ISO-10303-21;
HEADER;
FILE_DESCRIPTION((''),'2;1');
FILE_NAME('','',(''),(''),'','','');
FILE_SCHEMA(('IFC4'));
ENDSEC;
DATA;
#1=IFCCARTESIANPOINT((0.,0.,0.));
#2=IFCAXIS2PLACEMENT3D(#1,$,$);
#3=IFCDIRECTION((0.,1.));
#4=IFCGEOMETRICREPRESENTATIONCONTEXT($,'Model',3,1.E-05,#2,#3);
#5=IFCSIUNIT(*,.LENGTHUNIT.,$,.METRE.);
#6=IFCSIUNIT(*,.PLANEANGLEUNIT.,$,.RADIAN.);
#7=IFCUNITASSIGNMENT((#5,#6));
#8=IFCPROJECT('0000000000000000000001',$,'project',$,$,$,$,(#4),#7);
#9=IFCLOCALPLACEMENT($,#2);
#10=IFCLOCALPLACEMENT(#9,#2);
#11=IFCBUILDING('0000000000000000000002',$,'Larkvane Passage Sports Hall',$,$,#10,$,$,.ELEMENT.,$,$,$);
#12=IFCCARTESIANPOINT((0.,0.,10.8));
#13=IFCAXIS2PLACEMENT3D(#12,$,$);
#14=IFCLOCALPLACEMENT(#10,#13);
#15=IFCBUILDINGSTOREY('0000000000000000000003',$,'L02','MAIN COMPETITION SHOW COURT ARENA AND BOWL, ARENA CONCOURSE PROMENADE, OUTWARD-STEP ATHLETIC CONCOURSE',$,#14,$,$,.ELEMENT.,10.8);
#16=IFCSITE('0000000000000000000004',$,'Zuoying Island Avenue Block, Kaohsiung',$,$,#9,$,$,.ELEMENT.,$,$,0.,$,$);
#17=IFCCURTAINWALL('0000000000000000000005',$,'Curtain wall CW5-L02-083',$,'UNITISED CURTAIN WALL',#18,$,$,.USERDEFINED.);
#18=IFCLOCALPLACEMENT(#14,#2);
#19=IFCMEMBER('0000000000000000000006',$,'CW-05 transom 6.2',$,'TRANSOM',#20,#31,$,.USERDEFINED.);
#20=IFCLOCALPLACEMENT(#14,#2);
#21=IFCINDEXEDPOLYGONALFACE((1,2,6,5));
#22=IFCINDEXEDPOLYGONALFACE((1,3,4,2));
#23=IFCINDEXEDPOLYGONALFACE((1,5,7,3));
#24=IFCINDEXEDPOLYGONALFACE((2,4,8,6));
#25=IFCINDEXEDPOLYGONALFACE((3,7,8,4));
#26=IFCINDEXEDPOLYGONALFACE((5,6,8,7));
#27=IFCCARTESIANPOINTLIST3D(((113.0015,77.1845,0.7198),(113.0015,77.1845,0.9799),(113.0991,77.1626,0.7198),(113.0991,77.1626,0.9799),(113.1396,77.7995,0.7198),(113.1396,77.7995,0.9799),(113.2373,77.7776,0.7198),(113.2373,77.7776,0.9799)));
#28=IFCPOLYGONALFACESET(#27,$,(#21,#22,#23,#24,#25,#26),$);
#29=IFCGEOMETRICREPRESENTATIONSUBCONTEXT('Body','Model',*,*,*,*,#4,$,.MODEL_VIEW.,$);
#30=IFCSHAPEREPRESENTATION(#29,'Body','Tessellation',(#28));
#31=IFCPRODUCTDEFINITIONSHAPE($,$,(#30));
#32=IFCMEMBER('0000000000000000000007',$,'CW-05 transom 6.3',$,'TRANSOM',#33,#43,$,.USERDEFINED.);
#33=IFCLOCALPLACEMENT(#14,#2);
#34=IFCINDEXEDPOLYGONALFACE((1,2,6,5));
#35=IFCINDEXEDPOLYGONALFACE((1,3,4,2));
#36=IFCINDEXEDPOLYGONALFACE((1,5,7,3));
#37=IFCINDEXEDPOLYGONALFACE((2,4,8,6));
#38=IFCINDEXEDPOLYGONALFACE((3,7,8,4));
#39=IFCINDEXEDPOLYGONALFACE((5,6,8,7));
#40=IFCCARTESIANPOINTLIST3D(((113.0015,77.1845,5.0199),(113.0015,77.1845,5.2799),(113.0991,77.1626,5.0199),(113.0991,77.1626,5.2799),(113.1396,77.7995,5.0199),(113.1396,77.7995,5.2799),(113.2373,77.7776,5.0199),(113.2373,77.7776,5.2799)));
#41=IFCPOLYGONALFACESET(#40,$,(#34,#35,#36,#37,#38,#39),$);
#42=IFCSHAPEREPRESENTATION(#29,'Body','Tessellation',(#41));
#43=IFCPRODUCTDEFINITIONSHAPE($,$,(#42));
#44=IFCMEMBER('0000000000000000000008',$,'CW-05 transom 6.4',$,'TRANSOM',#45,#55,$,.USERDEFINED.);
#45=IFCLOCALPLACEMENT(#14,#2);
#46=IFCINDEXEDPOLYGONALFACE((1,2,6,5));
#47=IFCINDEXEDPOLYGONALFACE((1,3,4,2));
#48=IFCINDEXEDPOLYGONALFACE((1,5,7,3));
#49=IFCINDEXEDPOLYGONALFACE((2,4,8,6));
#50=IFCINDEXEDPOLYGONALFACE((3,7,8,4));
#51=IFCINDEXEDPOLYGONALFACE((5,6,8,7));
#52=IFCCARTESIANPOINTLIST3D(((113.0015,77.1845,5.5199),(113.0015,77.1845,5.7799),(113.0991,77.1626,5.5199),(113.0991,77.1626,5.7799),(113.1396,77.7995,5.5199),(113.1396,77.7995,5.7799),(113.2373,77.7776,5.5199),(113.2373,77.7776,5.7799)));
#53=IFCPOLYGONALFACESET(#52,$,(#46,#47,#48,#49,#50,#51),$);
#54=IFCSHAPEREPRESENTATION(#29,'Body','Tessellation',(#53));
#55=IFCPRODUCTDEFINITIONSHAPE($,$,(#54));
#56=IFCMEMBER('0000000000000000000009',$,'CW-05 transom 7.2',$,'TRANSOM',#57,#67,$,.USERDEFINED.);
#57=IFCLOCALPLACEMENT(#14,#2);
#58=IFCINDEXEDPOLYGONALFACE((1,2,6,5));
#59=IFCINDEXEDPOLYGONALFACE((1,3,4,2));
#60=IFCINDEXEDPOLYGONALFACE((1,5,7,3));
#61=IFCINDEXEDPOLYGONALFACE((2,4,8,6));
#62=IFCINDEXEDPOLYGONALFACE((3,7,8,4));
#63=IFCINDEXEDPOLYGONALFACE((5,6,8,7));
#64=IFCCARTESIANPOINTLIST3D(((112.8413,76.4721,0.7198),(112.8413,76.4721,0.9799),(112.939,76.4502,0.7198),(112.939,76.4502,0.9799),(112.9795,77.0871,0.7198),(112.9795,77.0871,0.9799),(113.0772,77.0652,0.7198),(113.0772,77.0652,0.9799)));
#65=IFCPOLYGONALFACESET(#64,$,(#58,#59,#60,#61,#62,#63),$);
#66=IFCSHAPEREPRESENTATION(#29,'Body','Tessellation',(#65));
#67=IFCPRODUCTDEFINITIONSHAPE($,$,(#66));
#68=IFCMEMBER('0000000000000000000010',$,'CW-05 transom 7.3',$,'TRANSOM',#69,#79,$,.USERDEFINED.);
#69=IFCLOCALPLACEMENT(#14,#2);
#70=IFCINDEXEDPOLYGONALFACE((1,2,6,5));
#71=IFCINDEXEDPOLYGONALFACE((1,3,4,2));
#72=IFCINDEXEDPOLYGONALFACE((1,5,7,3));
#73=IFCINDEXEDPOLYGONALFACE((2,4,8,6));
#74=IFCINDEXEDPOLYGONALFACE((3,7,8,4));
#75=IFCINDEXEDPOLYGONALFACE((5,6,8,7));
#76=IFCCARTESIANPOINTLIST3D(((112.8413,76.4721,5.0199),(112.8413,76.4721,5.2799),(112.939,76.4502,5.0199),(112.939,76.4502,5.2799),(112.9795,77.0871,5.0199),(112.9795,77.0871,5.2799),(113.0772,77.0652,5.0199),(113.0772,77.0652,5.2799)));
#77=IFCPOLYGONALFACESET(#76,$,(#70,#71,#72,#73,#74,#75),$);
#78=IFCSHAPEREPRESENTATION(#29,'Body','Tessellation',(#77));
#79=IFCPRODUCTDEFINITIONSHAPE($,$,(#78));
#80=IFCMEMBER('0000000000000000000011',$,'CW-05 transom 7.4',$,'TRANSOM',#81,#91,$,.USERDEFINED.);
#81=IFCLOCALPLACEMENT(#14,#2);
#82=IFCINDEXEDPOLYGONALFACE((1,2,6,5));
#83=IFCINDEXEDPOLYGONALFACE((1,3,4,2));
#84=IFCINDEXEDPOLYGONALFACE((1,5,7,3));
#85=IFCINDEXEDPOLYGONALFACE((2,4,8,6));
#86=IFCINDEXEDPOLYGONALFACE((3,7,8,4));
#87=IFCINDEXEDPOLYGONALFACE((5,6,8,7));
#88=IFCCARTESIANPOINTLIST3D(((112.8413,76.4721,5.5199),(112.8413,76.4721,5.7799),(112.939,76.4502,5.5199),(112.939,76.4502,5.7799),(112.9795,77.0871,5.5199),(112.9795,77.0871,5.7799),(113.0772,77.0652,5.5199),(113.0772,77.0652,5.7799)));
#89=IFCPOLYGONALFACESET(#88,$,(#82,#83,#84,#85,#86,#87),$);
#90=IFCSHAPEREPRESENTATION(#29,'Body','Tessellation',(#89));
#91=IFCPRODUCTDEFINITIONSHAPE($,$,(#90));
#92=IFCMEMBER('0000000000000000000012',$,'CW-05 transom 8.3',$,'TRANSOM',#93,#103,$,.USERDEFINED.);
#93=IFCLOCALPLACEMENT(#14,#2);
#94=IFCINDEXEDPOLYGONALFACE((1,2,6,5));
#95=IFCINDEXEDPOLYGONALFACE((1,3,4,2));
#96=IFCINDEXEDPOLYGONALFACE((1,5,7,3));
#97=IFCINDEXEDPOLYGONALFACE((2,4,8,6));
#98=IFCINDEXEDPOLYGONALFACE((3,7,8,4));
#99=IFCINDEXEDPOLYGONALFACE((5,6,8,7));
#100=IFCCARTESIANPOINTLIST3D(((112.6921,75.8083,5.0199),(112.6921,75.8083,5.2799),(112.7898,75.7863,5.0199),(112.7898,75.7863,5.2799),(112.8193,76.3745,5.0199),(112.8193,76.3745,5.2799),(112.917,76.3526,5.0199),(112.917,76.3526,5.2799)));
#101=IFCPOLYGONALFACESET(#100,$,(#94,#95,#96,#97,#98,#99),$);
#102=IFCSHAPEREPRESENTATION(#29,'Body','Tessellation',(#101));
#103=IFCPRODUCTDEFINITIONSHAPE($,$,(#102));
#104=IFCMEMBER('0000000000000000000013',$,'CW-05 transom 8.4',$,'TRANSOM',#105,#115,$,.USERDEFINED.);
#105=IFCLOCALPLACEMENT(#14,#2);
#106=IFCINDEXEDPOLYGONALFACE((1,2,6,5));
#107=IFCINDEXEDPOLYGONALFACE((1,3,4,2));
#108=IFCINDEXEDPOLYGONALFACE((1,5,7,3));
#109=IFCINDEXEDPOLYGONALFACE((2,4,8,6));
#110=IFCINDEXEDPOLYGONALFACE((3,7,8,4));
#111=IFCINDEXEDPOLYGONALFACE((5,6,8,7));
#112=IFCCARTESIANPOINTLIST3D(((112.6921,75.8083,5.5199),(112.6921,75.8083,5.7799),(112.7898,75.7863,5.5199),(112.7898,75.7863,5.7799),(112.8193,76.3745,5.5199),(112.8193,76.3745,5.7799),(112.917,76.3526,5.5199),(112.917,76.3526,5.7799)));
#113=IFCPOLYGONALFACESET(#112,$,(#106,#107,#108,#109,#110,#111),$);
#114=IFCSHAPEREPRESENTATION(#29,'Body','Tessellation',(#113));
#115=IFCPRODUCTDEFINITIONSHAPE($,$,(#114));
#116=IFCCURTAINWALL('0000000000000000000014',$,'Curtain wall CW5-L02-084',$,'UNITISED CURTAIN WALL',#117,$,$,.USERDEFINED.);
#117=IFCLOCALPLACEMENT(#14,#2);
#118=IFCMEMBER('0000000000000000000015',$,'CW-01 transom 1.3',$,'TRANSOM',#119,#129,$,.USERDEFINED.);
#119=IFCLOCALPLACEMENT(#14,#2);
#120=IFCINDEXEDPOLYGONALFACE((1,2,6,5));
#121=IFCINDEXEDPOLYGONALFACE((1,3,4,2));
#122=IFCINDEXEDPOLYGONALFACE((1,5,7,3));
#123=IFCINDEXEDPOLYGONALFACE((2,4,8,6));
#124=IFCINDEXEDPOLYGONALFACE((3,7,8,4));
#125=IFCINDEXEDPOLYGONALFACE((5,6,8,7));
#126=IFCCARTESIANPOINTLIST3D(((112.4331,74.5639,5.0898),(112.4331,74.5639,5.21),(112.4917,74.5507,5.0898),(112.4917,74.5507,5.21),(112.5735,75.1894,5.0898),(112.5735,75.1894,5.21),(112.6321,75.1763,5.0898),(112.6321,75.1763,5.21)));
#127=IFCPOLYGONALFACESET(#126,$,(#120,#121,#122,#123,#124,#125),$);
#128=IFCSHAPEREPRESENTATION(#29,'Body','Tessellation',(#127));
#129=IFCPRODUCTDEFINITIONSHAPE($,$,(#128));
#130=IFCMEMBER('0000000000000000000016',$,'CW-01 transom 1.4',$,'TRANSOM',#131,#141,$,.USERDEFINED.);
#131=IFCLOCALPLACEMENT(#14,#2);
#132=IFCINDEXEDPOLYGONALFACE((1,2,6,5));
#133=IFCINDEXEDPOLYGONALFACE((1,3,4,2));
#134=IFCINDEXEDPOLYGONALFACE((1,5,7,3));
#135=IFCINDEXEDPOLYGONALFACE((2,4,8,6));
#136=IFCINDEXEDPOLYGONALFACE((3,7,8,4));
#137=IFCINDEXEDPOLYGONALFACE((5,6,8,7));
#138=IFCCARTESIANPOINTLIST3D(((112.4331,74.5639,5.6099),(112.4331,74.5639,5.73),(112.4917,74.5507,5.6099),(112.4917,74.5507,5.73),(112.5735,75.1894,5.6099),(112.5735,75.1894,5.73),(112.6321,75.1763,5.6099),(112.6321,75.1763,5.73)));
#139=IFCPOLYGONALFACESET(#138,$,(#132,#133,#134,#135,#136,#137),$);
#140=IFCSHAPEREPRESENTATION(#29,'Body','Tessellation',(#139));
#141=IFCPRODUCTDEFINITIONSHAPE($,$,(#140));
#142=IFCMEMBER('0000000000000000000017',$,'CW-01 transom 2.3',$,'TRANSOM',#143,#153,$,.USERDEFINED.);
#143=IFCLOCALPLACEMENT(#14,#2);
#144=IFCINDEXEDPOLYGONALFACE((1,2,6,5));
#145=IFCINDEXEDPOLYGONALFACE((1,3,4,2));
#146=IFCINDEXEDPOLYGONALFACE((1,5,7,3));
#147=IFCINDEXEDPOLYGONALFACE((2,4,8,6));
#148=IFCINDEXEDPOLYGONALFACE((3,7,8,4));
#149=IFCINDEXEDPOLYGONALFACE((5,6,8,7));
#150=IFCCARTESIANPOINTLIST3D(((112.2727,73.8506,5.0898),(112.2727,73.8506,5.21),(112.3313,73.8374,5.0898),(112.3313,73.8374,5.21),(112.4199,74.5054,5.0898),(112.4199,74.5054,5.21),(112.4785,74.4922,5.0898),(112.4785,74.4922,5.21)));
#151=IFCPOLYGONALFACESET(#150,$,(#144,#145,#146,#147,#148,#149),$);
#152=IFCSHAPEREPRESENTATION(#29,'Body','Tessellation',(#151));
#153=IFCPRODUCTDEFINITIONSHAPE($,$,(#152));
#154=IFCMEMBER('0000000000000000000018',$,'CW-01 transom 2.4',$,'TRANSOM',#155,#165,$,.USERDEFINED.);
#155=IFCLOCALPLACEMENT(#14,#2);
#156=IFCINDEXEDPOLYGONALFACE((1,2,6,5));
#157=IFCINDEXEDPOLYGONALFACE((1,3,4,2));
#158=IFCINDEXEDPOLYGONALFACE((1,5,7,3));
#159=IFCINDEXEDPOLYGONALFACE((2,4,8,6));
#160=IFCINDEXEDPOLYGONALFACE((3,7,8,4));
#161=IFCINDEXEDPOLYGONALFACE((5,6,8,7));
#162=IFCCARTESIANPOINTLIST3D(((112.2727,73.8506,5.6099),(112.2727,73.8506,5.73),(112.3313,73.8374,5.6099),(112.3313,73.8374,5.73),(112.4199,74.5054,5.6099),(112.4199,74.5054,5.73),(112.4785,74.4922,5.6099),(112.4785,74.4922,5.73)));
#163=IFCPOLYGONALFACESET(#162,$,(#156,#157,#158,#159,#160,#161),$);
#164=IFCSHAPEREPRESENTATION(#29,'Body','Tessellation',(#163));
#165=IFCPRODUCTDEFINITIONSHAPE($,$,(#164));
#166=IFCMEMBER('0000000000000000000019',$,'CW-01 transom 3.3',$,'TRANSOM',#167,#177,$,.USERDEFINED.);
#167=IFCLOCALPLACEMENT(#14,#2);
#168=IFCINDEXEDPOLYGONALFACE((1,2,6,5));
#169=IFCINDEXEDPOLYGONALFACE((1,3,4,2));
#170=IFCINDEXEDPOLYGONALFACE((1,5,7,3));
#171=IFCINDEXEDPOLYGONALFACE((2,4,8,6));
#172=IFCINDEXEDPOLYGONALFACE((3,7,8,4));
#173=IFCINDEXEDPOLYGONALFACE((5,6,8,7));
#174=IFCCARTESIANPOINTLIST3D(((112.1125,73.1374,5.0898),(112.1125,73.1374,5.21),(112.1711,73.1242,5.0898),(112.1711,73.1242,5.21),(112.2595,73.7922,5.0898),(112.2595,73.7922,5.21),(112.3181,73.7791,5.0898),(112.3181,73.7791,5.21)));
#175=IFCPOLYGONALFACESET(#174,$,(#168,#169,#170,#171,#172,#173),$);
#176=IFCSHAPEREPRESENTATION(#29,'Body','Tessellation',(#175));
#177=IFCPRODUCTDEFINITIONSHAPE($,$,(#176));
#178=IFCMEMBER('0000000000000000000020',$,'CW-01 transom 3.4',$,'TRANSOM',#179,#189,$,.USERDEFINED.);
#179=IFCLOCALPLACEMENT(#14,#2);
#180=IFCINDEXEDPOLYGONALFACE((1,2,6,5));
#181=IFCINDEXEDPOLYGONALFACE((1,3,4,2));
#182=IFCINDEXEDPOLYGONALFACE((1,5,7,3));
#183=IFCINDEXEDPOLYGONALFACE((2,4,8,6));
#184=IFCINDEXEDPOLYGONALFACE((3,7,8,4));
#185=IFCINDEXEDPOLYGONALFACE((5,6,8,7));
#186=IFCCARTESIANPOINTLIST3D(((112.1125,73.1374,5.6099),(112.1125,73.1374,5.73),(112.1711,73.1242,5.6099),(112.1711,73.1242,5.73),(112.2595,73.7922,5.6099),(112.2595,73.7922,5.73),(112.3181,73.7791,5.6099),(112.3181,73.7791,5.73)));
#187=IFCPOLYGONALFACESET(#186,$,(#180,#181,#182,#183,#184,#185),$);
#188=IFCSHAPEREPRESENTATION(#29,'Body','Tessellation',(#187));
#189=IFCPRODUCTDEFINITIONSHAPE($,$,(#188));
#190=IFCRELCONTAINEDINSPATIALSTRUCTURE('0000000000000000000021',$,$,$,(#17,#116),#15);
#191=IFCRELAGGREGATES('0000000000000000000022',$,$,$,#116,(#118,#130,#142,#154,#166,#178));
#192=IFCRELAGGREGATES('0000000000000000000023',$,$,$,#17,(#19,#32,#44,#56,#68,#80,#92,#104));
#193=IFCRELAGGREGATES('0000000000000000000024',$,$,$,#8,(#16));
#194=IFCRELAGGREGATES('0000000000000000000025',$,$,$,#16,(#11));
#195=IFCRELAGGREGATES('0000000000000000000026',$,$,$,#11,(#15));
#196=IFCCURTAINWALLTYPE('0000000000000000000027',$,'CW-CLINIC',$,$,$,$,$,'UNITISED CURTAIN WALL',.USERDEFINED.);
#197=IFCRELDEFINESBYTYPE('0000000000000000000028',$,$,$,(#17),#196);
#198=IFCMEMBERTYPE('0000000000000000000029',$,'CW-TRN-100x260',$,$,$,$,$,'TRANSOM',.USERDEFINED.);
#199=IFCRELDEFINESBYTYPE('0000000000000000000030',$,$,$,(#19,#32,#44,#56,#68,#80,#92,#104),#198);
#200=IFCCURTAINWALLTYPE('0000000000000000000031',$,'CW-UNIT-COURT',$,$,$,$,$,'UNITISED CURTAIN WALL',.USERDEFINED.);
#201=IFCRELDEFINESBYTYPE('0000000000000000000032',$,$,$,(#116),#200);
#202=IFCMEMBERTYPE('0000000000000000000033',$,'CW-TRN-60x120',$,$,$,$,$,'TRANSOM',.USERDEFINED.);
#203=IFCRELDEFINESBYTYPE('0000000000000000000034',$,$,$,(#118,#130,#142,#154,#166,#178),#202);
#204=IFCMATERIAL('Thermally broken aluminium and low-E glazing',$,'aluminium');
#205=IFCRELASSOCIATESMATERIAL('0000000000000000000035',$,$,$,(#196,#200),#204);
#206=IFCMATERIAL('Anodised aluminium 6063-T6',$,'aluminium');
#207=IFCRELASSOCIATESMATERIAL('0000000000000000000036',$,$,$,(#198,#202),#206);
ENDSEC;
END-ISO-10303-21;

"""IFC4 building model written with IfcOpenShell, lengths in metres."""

from ifc_helpers import new_model, si_unit, direction, frame, origin, origin_2d, place, context, subcontext, project, spatial, rectangle, extrude, material, material_profile, profile_set, type_object, element, aggregate, save


model = new_model("IFC4")

# Units and contexts
model_context = context("Model", 3, precision=1e-05, world=origin(), true_north=direction((0.0, 1.0)))
body_context = subcontext(model_context, "Body", "Model", "MODEL_VIEW")
ifc_project = project(units=[si_unit("LENGTHUNIT", "METRE"), si_unit("PLANEANGLEUNIT", "RADIAN")], contexts=[model_context])

# Site, building, storey
site_placement = place(None, origin())
site = spatial("IfcSite", under=ifc_project, at=site_placement, Name="Zuoying Island Avenue Block, Kaohsiung", CompositionType="ELEMENT", RefElevation=0.0)
building_placement = place(site_placement, origin())
building = spatial("IfcBuilding", under=site, at=building_placement, Name="Larkvane Passage Sports Hall", CompositionType="ELEMENT")
storey_placement = place(building_placement, frame((0.0, 0.0, 10.8)))
storey = spatial("IfcBuildingStorey", under=building, at=storey_placement, Name="L02", Description="MAIN COMPETITION SHOW COURT ARENA AND BOWL, ARENA CONCOURSE PROMENADE, OUTWARD-STEP ATHLETIC CONCOURSE", CompositionType="ELEMENT", Elevation=10.8)

# Curtain wall, members
ifc_material_1 = material(Name="Thermally broken aluminium and low-E glazing", Category="aluminium")
curtain_wall_type_1 = type_object("IfcCurtainWallType", Name="CW-CLINIC", ElementType="UNITISED CURTAIN WALL", PredefinedType="USERDEFINED", material=ifc_material_1)
curtain_wall_1_placement = place(storey_placement, origin())
curtain_wall_1 = element("IfcCurtainWall", 1, at=curtain_wall_1_placement, inside=storey, type_object=curtain_wall_type_1, Name="Curtain wall CW5-L02-083", ObjectType="UNITISED CURTAIN WALL", PredefinedType="USERDEFINED")
ifc_material_2 = material(Name="Anodised aluminium 6063-T6", Category="aluminium")
ifc_material_profile_1 = material_profile(ifc_material_2, rectangle(XDim=0.1001, YDim=0.26, at=origin_2d()), Name="ALU-TRN-100x260")
ifc_profile_set_1 = profile_set([ifc_material_profile_1], Name="Anodised aluminium 6063-T6")
member_type_1 = type_object("IfcMemberType", Name="CW-TRN-100x260", ElementType="TRANSOM", PredefinedType="USERDEFINED", material=ifc_profile_set_1)
member_1_placement = place(storey_placement, frame((113.1885, 77.7886, 0.8499), z_axis=(-0.219226, -0.975674, 0.0), x_axis=(0.975674, -0.219226, 0.0)))
member_1 = element("IfcMember", 2, at=member_1_placement, type_object=member_type_1, Name="CW-05 transom 6.2", ObjectType="TRANSOM", PredefinedType="USERDEFINED", context=body_context, shape_type="SweptSolid", body=[
    extrude(rectangle(XDim=0.1001, YDim=0.26, at=origin_2d()), origin(), (0.0, 0.0, 1.0), 0.6304),
])
member_2_placement = place(storey_placement, frame((113.1885, 77.7886, 5.1499), z_axis=(-0.219226, -0.975674, 0.0), x_axis=(0.975674, -0.219226, 0.0)))
member_2 = element("IfcMember", 3, at=member_2_placement, type_object=member_type_1, Name="CW-05 transom 6.3", ObjectType="TRANSOM", PredefinedType="USERDEFINED", context=body_context, shape_type="SweptSolid", body=[
    extrude(rectangle(XDim=0.1001, YDim=0.26, at=origin_2d()), origin(), (0.0, 0.0, 1.0), 0.6304),
])
member_3_placement = place(storey_placement, frame((113.1885, 77.7886, 5.6499), z_axis=(-0.219226, -0.975674, 0.0), x_axis=(0.975674, -0.219226, 0.0)))
member_3 = element("IfcMember", 4, at=member_3_placement, type_object=member_type_1, Name="CW-05 transom 6.4", ObjectType="TRANSOM", PredefinedType="USERDEFINED", context=body_context, shape_type="SweptSolid", body=[
    extrude(rectangle(XDim=0.1001, YDim=0.26, at=origin_2d()), origin(), (0.0, 0.0, 1.0), 0.6304),
])
member_4_placement = place(storey_placement, frame((113.0283, 77.0762, 0.8499), z_axis=(-0.219226, -0.975674, 0.0), x_axis=(0.975674, -0.219226, 0.0)))
member_4 = element("IfcMember", 5, at=member_4_placement, type_object=member_type_1, Name="CW-05 transom 7.2", ObjectType="TRANSOM", PredefinedType="USERDEFINED", context=body_context, shape_type="SweptSolid", body=[
    extrude(rectangle(XDim=0.1001, YDim=0.26, at=origin_2d()), origin(), (0.0, 0.0, 1.0), 0.6304),
])
member_5_placement = place(storey_placement, frame((113.0283, 77.0762, 5.1499), z_axis=(-0.219226, -0.975674, 0.0), x_axis=(0.975674, -0.219226, 0.0)))
member_5 = element("IfcMember", 6, at=member_5_placement, type_object=member_type_1, Name="CW-05 transom 7.3", ObjectType="TRANSOM", PredefinedType="USERDEFINED", context=body_context, shape_type="SweptSolid", body=[
    extrude(rectangle(XDim=0.1001, YDim=0.26, at=origin_2d()), origin(), (0.0, 0.0, 1.0), 0.6304),
])
member_6_placement = place(storey_placement, frame((113.0283, 77.0762, 5.6499), z_axis=(-0.219226, -0.975674, 0.0), x_axis=(0.975674, -0.219226, 0.0)))
member_6 = element("IfcMember", 7, at=member_6_placement, type_object=member_type_1, Name="CW-05 transom 7.4", ObjectType="TRANSOM", PredefinedType="USERDEFINED", context=body_context, shape_type="SweptSolid", body=[
    extrude(rectangle(XDim=0.1001, YDim=0.26, at=origin_2d()), origin(), (0.0, 0.0, 1.0), 0.6304),
])
member_7_placement = place(storey_placement, frame((112.8682, 76.3635, 5.1499), z_axis=(-0.219202, -0.97568, 0.0), x_axis=(0.97568, -0.219202, 0.0)))
member_7 = element("IfcMember", 8, at=member_7_placement, type_object=member_type_1, Name="CW-05 transom 8.3", ObjectType="TRANSOM", PredefinedType="USERDEFINED", context=body_context, shape_type="SweptSolid", body=[
    extrude(rectangle(XDim=0.1001, YDim=0.26, at=origin_2d()), origin(), (0.0, 0.0, 1.0), 0.5803),
])
member_8_placement = place(storey_placement, frame((112.8682, 76.3635, 5.6499), z_axis=(-0.219202, -0.97568, 0.0), x_axis=(0.97568, -0.219202, 0.0)))
member_8 = element("IfcMember", 9, at=member_8_placement, type_object=member_type_1, Name="CW-05 transom 8.4", ObjectType="TRANSOM", PredefinedType="USERDEFINED", context=body_context, shape_type="SweptSolid", body=[
    extrude(rectangle(XDim=0.1001, YDim=0.26, at=origin_2d()), origin(), (0.0, 0.0, 1.0), 0.5803),
])

# Curtain wall, members
curtain_wall_type_2 = type_object("IfcCurtainWallType", Name="CW-UNIT-COURT", ElementType="UNITISED CURTAIN WALL", PredefinedType="USERDEFINED", material=ifc_material_1)
curtain_wall_2_placement = place(storey_placement, origin())
curtain_wall_2 = element("IfcCurtainWall", 10, at=curtain_wall_2_placement, inside=storey, type_object=curtain_wall_type_2, Name="Curtain wall CW5-L02-084", ObjectType="UNITISED CURTAIN WALL", PredefinedType="USERDEFINED")
ifc_material_profile_2 = material_profile(ifc_material_2, rectangle(XDim=0.0601, YDim=0.1201, at=origin_2d()), Name="ALU-TRN-60x120")
ifc_profile_set_2 = profile_set([ifc_material_profile_2], Name="Anodised aluminium 6063-T6")
member_type_2 = type_object("IfcMemberType", Name="CW-TRN-60x120", ElementType="TRANSOM", PredefinedType="USERDEFINED", material=ifc_profile_set_2)
member_9_placement = place(storey_placement, frame((112.6028, 75.1829, 5.1499), z_axis=(-0.218987, -0.975728, 0.0), x_axis=(0.975728, -0.218987, 0.0)))
member_9 = element("IfcMember", 11, at=member_9_placement, type_object=member_type_2, Name="CW-01 transom 1.3", ObjectType="TRANSOM", PredefinedType="USERDEFINED", context=body_context, shape_type="SweptSolid", body=[
    extrude(rectangle(XDim=0.0601, YDim=0.1201, at=origin_2d()), origin(), (0.0, 0.0, 1.0), 0.6411),
])
member_10_placement = place(storey_placement, frame((112.6028, 75.1829, 5.6699), z_axis=(-0.218987, -0.975728, 0.0), x_axis=(0.975728, -0.218987, 0.0)))
member_10 = element("IfcMember", 12, at=member_10_placement, type_object=member_type_2, Name="CW-01 transom 1.4", ObjectType="TRANSOM", PredefinedType="USERDEFINED", context=body_context, shape_type="SweptSolid", body=[
    extrude(rectangle(XDim=0.0601, YDim=0.1201, at=origin_2d()), origin(), (0.0, 0.0, 1.0), 0.6411),
])
member_11_placement = place(storey_placement, frame((112.4492, 74.4988, 5.1499), z_axis=(-0.219356, -0.975645, 0.0), x_axis=(0.975645, -0.219356, 0.0)))
member_11 = element("IfcMember", 13, at=member_11_placement, type_object=member_type_2, Name="CW-01 transom 2.3", ObjectType="TRANSOM", PredefinedType="USERDEFINED", context=body_context, shape_type="SweptSolid", body=[
    extrude(rectangle(XDim=0.0601, YDim=0.1201, at=origin_2d()), origin(), (0.0, 0.0, 1.0), 0.6711),
])
member_12_placement = place(storey_placement, frame((112.4492, 74.4988, 5.6699), z_axis=(-0.219356, -0.975645, 0.0), x_axis=(0.975645, -0.219356, 0.0)))
member_12 = element("IfcMember", 14, at=member_12_placement, type_object=member_type_2, Name="CW-01 transom 2.4", ObjectType="TRANSOM", PredefinedType="USERDEFINED", context=body_context, shape_type="SweptSolid", body=[
    extrude(rectangle(XDim=0.0601, YDim=0.1201, at=origin_2d()), origin(), (0.0, 0.0, 1.0), 0.6711),
])
member_13_placement = place(storey_placement, frame((112.2888, 73.7856, 5.1499), z_axis=(-0.21901, -0.975723, 0.0), x_axis=(0.975723, -0.21901, 0.0)))
member_13 = element("IfcMember", 15, at=member_13_placement, type_object=member_type_2, Name="CW-01 transom 3.3", ObjectType="TRANSOM", PredefinedType="USERDEFINED", context=body_context, shape_type="SweptSolid", body=[
    extrude(rectangle(XDim=0.0601, YDim=0.1201, at=origin_2d()), origin(), (0.0, 0.0, 1.0), 0.6711),
])
member_14_placement = place(storey_placement, frame((112.2888, 73.7856, 5.6699), z_axis=(-0.21901, -0.975723, 0.0), x_axis=(0.975723, -0.21901, 0.0)))
member_14 = element("IfcMember", 16, at=member_14_placement, type_object=member_type_2, Name="CW-01 transom 3.4", ObjectType="TRANSOM", PredefinedType="USERDEFINED", context=body_context, shape_type="SweptSolid", body=[
    extrude(rectangle(XDim=0.0601, YDim=0.1201, at=origin_2d()), origin(), (0.0, 0.0, 1.0), 0.6711),
])
aggregate(curtain_wall_2, [member_9, member_10, member_11, member_12, member_13, member_14])

aggregate(curtain_wall_1, [member_1, member_2, member_3, member_4, member_5, member_6, member_7, member_8])

save(model, "model.ifc")
